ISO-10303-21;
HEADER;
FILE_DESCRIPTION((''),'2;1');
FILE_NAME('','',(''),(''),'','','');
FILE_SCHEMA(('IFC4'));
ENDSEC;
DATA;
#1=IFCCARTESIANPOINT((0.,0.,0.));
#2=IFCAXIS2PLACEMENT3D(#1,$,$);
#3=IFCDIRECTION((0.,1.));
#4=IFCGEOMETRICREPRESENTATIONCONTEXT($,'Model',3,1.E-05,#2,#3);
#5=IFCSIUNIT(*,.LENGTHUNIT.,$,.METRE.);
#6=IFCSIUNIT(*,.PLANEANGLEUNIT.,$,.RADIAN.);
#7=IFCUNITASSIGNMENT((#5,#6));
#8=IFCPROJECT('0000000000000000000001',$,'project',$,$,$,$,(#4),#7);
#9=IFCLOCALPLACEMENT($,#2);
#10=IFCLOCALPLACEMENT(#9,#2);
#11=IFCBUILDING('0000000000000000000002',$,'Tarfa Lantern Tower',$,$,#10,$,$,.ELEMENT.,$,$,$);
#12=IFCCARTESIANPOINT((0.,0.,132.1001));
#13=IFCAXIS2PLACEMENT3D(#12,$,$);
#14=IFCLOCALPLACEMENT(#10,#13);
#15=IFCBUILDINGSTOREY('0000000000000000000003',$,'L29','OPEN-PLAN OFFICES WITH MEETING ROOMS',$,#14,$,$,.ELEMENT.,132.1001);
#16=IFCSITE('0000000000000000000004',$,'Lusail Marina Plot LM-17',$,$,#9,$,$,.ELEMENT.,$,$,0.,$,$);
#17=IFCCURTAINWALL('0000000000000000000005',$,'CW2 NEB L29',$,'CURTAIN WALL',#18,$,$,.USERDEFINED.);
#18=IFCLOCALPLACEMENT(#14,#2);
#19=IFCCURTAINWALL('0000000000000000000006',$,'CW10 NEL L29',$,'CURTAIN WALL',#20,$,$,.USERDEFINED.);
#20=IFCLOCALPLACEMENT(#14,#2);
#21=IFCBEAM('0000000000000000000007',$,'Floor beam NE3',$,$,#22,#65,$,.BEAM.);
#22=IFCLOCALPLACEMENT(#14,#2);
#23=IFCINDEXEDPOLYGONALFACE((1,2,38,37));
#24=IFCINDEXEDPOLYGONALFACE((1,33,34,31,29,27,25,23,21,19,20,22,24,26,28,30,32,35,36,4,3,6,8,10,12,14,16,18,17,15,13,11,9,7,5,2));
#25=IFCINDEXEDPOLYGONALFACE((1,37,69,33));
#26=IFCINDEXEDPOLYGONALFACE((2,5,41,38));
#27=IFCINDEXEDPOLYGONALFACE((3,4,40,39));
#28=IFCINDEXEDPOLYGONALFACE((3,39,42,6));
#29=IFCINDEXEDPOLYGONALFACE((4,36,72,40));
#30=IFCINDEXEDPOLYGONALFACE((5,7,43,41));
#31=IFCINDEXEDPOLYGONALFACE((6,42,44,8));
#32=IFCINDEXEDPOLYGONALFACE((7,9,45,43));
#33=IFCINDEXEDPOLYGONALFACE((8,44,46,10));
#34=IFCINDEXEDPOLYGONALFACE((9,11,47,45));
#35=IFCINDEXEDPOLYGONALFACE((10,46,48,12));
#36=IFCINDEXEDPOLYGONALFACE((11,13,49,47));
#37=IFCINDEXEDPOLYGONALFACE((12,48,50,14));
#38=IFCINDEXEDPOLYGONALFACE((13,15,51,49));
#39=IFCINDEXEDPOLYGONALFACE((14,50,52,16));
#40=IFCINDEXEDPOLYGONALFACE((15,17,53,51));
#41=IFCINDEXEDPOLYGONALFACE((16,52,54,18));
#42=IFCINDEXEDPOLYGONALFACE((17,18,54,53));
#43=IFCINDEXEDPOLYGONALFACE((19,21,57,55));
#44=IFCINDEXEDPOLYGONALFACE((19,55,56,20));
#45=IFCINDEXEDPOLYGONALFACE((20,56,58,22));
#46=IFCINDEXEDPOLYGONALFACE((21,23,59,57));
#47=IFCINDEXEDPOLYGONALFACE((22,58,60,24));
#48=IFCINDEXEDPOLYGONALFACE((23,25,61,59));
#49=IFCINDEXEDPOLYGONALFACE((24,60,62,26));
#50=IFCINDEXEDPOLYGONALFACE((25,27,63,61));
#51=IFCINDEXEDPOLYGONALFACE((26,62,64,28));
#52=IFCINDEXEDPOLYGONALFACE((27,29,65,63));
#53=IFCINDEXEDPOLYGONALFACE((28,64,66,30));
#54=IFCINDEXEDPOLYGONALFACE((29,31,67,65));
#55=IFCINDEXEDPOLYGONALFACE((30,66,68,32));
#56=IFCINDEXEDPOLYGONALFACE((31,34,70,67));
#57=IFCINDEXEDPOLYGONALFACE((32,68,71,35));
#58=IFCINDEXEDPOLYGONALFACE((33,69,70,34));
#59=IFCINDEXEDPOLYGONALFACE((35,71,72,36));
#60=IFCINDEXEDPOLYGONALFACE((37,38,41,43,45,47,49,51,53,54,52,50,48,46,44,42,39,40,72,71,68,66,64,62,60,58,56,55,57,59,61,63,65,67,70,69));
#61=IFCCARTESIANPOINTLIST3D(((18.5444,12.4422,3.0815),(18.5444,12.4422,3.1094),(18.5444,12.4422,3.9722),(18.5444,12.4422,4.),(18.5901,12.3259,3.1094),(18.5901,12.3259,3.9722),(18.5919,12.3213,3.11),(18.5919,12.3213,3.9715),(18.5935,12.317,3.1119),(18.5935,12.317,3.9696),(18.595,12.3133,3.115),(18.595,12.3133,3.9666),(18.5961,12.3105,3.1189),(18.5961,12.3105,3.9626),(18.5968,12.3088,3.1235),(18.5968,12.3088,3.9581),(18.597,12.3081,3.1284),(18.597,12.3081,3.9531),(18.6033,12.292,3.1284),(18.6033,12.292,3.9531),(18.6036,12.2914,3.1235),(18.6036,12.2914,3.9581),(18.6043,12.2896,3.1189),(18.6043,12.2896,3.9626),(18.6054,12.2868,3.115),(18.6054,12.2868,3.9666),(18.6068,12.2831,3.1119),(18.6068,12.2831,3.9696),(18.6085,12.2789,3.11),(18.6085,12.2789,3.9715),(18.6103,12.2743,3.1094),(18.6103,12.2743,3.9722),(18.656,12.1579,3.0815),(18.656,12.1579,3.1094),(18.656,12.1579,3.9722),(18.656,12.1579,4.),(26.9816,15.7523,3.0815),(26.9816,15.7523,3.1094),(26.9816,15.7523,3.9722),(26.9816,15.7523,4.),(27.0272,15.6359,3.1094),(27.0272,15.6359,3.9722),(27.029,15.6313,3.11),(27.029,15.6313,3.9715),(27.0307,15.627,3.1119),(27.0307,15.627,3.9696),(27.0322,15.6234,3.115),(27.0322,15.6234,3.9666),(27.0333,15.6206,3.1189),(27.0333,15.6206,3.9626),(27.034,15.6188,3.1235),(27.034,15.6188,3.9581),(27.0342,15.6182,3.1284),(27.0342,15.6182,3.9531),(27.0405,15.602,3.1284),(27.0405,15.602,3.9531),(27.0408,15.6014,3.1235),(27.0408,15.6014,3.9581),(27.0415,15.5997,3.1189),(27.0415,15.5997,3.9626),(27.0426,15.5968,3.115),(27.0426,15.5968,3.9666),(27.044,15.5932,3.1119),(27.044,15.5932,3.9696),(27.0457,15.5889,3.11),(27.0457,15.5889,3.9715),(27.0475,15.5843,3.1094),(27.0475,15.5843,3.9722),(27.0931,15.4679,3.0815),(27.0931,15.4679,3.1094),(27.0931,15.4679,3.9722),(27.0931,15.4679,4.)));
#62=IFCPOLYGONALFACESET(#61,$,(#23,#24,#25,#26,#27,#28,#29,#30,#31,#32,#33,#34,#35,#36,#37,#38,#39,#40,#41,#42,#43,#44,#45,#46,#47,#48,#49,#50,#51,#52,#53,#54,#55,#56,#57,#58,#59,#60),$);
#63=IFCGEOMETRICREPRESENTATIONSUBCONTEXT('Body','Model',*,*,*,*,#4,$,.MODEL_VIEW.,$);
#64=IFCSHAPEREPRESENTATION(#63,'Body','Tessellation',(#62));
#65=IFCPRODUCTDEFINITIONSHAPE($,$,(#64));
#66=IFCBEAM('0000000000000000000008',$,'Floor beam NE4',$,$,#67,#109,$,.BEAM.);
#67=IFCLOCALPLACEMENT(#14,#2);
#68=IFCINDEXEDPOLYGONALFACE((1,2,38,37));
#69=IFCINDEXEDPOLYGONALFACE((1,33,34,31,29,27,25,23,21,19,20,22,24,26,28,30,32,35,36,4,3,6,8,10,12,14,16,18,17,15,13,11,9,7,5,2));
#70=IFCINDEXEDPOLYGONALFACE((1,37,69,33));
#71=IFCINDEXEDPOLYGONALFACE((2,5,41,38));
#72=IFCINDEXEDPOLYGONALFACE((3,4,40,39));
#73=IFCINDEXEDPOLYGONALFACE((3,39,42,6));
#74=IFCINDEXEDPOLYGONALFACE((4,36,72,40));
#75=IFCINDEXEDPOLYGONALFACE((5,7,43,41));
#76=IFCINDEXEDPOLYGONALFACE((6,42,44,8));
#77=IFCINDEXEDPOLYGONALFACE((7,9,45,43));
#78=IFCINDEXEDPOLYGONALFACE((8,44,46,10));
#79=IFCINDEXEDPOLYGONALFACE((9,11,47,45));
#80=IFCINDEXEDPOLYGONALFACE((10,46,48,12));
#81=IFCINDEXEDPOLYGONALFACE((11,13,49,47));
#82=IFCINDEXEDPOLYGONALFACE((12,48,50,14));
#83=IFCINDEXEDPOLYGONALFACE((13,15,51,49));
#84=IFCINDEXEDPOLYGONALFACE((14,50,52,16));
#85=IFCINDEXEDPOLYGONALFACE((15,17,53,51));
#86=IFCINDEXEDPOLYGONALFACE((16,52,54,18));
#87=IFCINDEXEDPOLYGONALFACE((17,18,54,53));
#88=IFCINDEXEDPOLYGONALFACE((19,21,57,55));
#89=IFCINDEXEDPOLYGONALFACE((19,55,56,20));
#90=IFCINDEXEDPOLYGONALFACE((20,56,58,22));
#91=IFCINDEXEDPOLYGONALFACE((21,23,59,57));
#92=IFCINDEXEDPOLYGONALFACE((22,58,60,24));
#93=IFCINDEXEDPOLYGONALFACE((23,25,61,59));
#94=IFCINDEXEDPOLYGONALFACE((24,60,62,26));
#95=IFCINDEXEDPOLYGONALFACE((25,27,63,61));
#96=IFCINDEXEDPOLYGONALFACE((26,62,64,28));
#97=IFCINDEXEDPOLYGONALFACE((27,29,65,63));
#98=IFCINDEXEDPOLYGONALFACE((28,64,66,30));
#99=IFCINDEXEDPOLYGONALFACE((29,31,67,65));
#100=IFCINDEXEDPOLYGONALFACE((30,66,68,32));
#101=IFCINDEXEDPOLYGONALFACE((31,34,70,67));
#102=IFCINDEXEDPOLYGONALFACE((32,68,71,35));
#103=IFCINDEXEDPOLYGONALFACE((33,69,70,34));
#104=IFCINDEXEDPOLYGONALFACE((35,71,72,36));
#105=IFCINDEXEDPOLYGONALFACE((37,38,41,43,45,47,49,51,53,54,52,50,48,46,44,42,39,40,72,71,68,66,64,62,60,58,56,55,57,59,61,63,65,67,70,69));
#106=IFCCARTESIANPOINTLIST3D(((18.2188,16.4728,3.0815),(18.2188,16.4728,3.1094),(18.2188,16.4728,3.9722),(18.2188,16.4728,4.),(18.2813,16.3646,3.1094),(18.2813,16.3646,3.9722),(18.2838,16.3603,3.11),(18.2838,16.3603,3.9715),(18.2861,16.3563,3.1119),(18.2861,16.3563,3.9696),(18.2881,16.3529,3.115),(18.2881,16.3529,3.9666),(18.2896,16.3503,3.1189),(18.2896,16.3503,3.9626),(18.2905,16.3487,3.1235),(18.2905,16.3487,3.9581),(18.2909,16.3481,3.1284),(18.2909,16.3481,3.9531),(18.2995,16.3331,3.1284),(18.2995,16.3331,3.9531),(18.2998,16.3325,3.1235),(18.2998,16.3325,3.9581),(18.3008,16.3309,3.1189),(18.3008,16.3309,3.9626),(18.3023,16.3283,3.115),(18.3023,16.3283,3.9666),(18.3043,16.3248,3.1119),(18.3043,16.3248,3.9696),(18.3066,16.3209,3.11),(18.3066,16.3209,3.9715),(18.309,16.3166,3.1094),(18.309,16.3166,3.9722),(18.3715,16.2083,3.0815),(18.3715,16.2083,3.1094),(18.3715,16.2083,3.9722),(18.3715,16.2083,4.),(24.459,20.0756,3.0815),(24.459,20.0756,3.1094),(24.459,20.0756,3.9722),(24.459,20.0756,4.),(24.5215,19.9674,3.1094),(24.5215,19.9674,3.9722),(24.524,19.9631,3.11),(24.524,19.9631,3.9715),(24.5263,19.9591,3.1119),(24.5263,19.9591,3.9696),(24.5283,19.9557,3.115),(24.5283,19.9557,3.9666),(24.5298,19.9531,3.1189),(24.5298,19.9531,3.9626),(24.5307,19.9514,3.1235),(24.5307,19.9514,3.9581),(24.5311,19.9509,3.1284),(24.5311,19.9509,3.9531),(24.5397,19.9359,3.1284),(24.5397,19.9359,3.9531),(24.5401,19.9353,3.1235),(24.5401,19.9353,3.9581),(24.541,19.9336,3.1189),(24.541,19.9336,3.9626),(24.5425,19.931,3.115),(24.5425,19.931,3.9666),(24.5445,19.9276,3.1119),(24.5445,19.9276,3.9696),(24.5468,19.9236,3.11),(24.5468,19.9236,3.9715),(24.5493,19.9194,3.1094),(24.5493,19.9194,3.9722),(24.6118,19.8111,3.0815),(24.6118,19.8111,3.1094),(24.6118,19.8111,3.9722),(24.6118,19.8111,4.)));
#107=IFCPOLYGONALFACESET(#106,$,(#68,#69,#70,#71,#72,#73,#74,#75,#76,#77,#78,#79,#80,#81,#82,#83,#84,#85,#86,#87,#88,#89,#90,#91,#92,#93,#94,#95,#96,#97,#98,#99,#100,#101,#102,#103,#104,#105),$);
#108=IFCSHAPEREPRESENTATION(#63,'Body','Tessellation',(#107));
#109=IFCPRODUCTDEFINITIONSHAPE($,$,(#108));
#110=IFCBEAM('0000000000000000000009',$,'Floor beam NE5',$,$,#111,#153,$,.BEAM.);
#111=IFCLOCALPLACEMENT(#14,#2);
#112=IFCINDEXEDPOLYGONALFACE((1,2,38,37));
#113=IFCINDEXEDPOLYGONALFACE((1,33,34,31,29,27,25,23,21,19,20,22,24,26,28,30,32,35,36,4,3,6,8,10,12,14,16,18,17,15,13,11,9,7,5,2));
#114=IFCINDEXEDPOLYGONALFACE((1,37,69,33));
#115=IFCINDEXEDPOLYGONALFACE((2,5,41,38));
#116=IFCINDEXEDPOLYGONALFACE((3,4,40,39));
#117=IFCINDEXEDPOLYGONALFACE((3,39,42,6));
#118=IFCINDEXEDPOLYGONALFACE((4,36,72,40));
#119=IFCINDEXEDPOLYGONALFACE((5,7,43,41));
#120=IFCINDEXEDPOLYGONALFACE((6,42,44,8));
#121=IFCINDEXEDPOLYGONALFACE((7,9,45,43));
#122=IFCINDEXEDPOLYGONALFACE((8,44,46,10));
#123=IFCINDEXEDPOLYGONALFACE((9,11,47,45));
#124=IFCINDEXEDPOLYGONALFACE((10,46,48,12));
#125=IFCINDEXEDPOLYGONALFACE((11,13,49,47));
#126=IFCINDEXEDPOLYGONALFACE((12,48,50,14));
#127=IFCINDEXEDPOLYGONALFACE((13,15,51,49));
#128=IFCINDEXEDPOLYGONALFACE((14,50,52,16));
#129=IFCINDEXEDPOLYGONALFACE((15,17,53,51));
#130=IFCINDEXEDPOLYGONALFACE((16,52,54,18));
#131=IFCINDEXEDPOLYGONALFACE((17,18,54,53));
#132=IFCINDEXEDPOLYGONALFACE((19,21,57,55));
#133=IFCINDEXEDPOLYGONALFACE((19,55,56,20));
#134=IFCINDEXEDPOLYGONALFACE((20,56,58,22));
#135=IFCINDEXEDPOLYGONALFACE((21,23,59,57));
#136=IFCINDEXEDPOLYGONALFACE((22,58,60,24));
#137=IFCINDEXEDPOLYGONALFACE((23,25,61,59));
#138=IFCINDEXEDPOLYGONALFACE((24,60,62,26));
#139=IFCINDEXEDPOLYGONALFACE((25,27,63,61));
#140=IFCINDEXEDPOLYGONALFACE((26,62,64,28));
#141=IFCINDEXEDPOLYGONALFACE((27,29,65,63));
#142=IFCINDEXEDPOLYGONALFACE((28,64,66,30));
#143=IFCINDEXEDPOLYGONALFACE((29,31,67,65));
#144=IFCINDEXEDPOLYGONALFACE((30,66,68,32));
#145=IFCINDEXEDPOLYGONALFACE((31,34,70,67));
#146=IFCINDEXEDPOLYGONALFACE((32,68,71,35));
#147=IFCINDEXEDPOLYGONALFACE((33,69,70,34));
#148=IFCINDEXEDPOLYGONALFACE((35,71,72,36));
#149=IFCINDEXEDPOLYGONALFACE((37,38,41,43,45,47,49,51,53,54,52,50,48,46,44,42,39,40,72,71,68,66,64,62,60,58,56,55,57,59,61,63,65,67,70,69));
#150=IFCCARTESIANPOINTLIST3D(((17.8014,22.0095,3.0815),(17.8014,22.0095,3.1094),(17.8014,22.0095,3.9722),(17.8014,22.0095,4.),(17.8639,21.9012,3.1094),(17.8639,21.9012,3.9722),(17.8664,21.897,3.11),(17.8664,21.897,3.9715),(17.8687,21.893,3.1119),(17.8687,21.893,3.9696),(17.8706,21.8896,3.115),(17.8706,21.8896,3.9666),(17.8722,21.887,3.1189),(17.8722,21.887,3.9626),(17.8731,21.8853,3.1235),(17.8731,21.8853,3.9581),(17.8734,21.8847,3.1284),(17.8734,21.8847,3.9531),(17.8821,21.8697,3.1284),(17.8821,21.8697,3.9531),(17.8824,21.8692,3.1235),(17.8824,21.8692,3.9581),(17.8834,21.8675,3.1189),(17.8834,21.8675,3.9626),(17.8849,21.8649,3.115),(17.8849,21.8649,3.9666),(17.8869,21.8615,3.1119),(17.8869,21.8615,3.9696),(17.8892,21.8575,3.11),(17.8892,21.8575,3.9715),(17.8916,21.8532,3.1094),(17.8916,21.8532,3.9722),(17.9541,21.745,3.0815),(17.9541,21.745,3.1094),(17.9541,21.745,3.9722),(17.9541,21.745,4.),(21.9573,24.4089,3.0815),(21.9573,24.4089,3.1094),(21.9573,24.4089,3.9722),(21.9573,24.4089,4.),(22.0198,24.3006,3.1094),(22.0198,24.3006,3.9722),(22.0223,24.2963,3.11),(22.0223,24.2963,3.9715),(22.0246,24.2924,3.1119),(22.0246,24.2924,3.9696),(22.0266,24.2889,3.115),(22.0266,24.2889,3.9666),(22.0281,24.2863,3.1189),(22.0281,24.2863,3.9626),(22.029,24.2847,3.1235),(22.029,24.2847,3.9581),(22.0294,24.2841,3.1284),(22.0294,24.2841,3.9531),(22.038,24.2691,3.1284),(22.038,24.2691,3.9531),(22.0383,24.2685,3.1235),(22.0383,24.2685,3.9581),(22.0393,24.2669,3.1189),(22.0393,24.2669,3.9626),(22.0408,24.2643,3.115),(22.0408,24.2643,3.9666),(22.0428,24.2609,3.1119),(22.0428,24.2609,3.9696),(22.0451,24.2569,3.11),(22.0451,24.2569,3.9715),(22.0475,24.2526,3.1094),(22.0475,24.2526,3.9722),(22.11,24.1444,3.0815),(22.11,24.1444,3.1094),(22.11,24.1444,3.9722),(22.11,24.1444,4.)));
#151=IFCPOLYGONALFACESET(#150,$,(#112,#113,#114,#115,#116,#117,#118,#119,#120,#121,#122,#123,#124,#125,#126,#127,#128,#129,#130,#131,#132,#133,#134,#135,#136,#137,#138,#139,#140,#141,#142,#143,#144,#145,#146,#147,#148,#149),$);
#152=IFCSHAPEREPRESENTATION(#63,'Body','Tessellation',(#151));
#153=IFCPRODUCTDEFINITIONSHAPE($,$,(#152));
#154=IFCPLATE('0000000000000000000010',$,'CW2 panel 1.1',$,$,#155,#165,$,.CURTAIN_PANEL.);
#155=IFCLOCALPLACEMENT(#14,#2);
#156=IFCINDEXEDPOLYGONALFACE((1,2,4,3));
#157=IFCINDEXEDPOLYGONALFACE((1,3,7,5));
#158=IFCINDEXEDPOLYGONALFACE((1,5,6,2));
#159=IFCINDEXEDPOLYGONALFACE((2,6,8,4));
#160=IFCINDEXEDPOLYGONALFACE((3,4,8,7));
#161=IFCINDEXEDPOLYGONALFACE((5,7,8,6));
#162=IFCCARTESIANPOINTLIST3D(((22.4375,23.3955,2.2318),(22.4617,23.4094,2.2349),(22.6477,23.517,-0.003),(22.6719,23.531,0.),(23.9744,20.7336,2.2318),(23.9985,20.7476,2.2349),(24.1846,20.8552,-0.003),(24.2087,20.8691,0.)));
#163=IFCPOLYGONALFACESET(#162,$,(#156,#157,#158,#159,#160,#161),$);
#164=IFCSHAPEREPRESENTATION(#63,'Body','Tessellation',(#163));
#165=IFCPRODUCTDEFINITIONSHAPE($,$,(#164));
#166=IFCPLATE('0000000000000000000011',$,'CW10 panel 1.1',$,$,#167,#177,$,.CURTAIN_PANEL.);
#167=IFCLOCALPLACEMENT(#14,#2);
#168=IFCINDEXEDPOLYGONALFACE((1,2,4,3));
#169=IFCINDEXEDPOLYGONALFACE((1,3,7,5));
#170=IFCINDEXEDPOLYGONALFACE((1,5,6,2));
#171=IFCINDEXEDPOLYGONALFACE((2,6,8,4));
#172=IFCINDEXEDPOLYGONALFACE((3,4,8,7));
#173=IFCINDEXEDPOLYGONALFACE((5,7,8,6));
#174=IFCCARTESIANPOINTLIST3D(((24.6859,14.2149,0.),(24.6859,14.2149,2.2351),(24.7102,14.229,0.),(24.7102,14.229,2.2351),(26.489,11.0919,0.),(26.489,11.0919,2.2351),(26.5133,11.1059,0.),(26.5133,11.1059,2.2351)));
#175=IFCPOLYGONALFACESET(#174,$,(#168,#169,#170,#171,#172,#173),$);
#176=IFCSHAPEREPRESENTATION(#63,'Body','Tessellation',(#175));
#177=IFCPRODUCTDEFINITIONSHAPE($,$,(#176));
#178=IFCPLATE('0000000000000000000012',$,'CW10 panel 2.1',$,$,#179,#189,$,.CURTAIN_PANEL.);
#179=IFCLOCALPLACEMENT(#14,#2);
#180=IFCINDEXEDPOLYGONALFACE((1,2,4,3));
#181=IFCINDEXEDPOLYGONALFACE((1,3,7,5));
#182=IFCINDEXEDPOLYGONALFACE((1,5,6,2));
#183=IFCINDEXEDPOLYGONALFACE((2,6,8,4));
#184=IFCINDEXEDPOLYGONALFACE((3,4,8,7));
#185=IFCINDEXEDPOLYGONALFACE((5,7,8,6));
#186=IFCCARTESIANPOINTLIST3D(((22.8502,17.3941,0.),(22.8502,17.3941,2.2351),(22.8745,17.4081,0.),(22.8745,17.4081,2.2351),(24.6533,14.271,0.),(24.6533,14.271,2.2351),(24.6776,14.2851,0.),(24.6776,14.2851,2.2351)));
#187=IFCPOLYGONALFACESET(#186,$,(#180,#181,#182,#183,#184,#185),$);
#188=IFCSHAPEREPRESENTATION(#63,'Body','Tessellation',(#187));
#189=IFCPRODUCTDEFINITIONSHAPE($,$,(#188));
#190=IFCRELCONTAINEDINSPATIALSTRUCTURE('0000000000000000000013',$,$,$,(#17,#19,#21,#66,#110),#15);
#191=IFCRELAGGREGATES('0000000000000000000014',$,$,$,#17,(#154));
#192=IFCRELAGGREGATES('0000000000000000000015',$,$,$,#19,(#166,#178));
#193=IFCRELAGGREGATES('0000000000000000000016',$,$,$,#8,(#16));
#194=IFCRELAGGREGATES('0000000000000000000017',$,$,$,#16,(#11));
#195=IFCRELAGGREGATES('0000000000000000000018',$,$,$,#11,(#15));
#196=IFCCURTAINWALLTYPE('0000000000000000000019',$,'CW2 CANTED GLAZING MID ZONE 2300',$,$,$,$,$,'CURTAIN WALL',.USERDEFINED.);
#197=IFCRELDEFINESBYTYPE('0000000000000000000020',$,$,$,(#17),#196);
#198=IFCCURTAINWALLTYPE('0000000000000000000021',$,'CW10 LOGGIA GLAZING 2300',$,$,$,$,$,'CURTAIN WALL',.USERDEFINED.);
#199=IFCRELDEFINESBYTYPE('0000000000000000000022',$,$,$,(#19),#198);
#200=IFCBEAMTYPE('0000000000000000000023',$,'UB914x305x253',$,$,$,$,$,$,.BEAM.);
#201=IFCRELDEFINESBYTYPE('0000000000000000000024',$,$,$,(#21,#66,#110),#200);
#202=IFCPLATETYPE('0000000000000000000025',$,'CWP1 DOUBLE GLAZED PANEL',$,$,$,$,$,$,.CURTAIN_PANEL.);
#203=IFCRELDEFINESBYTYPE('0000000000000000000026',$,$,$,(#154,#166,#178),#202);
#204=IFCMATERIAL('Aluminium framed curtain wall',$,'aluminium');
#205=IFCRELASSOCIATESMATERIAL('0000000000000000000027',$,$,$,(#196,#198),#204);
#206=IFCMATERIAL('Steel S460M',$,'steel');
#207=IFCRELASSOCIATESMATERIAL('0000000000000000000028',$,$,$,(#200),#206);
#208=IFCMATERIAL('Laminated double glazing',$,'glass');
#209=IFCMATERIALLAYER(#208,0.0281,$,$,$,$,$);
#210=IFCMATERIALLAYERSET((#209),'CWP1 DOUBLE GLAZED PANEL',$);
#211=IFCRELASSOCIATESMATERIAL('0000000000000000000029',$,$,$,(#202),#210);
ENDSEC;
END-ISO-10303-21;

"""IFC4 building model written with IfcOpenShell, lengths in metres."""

from ifc_helpers import new_model, si_unit, direction, frame, origin, origin_2d, place, context, subcontext, project, spatial, polyline, rectangle, i_section, outline, extrude, material, layer, layer_set, material_profile, profile_set, type_object, element, aggregate, save


model = new_model("IFC4")

# Units and contexts
model_context = context("Model", 3, precision=1e-05, world=origin(), true_north=direction((0.0, 1.0)))
body_context = subcontext(model_context, "Body", "Model", "MODEL_VIEW")
ifc_project = project(units=[si_unit("LENGTHUNIT", "METRE"), si_unit("PLANEANGLEUNIT", "RADIAN")], contexts=[model_context])

# Site, building, storey
site_placement = place(None, origin())
site = spatial("IfcSite", under=ifc_project, at=site_placement, Name="Lusail Marina Plot LM-17", CompositionType="ELEMENT", RefElevation=0.0)
building_placement = place(site_placement, origin())
building = spatial("IfcBuilding", under=site, at=building_placement, Name="Tarfa Lantern Tower", CompositionType="ELEMENT")
storey_placement = place(building_placement, frame((0.0, 0.0, 132.1001)))
storey = spatial("IfcBuildingStorey", under=building, at=storey_placement, Name="L29", Description="OPEN-PLAN OFFICES WITH MEETING ROOMS", CompositionType="ELEMENT", Elevation=132.1001)

# Curtain walls
ifc_material_1 = material(Name="Aluminium framed curtain wall", Category="aluminium")
curtain_wall_type_1 = type_object("IfcCurtainWallType", Name="CW2 CANTED GLAZING MID ZONE 2300", ElementType="CURTAIN WALL", PredefinedType="USERDEFINED", material=ifc_material_1)
curtain_wall_1_placement = place(storey_placement, origin())
curtain_wall_1 = element("IfcCurtainWall", 1, at=curtain_wall_1_placement, inside=storey, type_object=curtain_wall_type_1, Name="CW2 NEB L29", ObjectType="CURTAIN WALL", PredefinedType="USERDEFINED")
curtain_wall_type_2 = type_object("IfcCurtainWallType", Name="CW10 LOGGIA GLAZING 2300", ElementType="CURTAIN WALL", PredefinedType="USERDEFINED", material=ifc_material_1)
curtain_wall_2_placement = place(storey_placement, origin())
curtain_wall_2 = element("IfcCurtainWall", 2, at=curtain_wall_2_placement, inside=storey, type_object=curtain_wall_type_2, Name="CW10 NEL L29", ObjectType="CURTAIN WALL", PredefinedType="USERDEFINED")

# Beams
ifc_material_2 = material(Name="Steel S460M", Category="steel")
ifc_material_profile_1 = material_profile(ifc_material_2, i_section(OverallWidth=0.3054, OverallDepth=0.9185, WebThickness=0.0173, FlangeThickness=0.0278, FilletRadius=0.019, at=origin_2d()), Name="UB914x305x253")
ifc_profile_set_1 = profile_set([ifc_material_profile_1], Name="Steel S460M")
beam_type_1 = type_object("IfcBeamType", Name="UB914x305x253", PredefinedType="BEAM", material=ifc_profile_set_1)
beam_1_placement = place(storey_placement, frame((27.0374, 15.6101, 3.5408), z_axis=(-0.930923, -0.365215, 0.0), x_axis=(0.365215, -0.930923, 0.0)))
element("IfcBeam", 3, at=beam_1_placement, inside=storey, type_object=beam_type_1, Name="Floor beam NE3", PredefinedType="BEAM", context=body_context, shape_type="SweptSolid", body=[
    extrude(i_section(OverallWidth=0.3054, OverallDepth=0.9185, WebThickness=0.0173, FlangeThickness=0.0278, FilletRadius=0.019, at=origin_2d()), origin(), (0.0, 0.0, 1.0), 9.0632),
])
beam_2_placement = place(storey_placement, frame((24.5354, 19.9434, 3.5408), z_axis=(-0.866026, -0.499998, 0.0), x_axis=(0.499998, -0.866026, 0.0)))
element("IfcBeam", 4, at=beam_2_placement, inside=storey, type_object=beam_type_1, Name="Floor beam NE4", PredefinedType="BEAM", context=body_context, shape_type="SweptSolid", body=[
    extrude(i_section(OverallWidth=0.3054, OverallDepth=0.9185, WebThickness=0.0173, FlangeThickness=0.0278, FilletRadius=0.019, at=origin_2d()), origin(), (0.0, 0.0, 1.0), 7.2056),
])
beam_3_placement = place(storey_placement, frame((22.0337, 24.2766, 3.5408), z_axis=(-0.866031, -0.499991, 0.0), x_axis=(0.499991, -0.866031, 0.0)))
element("IfcBeam", 5, at=beam_3_placement, inside=storey, type_object=beam_type_1, Name="Floor beam NE5", PredefinedType="BEAM", context=body_context, shape_type="SweptSolid", body=[
    extrude(i_section(OverallWidth=0.3054, OverallDepth=0.9185, WebThickness=0.0173, FlangeThickness=0.0278, FilletRadius=0.019, at=origin_2d()), origin(), (0.0, 0.0, 1.0), 4.7988),
])

# Plates
ifc_material_3 = material(Name="Laminated double glazing", Category="glass")
ifc_layer_1 = layer(ifc_material_3, 0.0281)
ifc_layer_set_1 = layer_set([ifc_layer_1], Name="CWP1 DOUBLE GLAZED PANEL")
plate_type_1 = type_object("IfcPlateType", Name="CWP1 DOUBLE GLAZED PANEL", PredefinedType="CURTAIN_PANEL", material=ifc_layer_set_1)
plate_1_placement = place(storey_placement, frame((24.2087, 20.8691, 0.0), z_axis=(0.860953, 0.497083, 0.108021), x_axis=(-0.500009, 0.86602, 0.0)))
plate_1 = element("IfcPlate", 6, at=plate_1_placement, type_object=plate_type_1, Name="CW2 panel 1.1", PredefinedType="CURTAIN_PANEL", context=body_context, shape_type="SweptSolid", body=[
    extrude(outline(polyline([(0.0, 0.0), (3.0737, 0.0), (3.0735, 2.248), (-0.0002, 2.248), (0.0, 0.0)])), origin(), (0.0, 0.0, -1.0), 0.0281),
])
aggregate(curtain_wall_1, [plate_1])
plate_2_placement = place(storey_placement, frame((25.5996, 12.6604, 0.0), z_axis=(0.0, 0.0, 1.0), x_axis=(-0.5, 0.866025, 0.0)))
plate_2 = element("IfcPlate", 7, at=plate_2_placement, type_object=plate_type_1, Name="CW10 panel 1.1", PredefinedType="CURTAIN_PANEL", context=body_context, shape_type="SweptSolid", body=[
    extrude(rectangle(XDim=3.6062, YDim=0.0281, at=origin_2d()), origin(), (0.0, 0.0, 1.0), 2.2351),
])
plate_3_placement = place(storey_placement, frame((23.7639, 15.8396, 0.0), z_axis=(0.0, 0.0, 1.0), x_axis=(-0.5, 0.866025, 0.0)))
plate_3 = element("IfcPlate", 8, at=plate_3_placement, type_object=plate_type_1, Name="CW10 panel 2.1", PredefinedType="CURTAIN_PANEL", context=body_context, shape_type="SweptSolid", body=[
    extrude(rectangle(XDim=3.6062, YDim=0.0281, at=origin_2d()), origin(), (0.0, 0.0, 1.0), 2.2351),
])
aggregate(curtain_wall_2, [plate_2, plate_3])

save(model, "model.ifc")
